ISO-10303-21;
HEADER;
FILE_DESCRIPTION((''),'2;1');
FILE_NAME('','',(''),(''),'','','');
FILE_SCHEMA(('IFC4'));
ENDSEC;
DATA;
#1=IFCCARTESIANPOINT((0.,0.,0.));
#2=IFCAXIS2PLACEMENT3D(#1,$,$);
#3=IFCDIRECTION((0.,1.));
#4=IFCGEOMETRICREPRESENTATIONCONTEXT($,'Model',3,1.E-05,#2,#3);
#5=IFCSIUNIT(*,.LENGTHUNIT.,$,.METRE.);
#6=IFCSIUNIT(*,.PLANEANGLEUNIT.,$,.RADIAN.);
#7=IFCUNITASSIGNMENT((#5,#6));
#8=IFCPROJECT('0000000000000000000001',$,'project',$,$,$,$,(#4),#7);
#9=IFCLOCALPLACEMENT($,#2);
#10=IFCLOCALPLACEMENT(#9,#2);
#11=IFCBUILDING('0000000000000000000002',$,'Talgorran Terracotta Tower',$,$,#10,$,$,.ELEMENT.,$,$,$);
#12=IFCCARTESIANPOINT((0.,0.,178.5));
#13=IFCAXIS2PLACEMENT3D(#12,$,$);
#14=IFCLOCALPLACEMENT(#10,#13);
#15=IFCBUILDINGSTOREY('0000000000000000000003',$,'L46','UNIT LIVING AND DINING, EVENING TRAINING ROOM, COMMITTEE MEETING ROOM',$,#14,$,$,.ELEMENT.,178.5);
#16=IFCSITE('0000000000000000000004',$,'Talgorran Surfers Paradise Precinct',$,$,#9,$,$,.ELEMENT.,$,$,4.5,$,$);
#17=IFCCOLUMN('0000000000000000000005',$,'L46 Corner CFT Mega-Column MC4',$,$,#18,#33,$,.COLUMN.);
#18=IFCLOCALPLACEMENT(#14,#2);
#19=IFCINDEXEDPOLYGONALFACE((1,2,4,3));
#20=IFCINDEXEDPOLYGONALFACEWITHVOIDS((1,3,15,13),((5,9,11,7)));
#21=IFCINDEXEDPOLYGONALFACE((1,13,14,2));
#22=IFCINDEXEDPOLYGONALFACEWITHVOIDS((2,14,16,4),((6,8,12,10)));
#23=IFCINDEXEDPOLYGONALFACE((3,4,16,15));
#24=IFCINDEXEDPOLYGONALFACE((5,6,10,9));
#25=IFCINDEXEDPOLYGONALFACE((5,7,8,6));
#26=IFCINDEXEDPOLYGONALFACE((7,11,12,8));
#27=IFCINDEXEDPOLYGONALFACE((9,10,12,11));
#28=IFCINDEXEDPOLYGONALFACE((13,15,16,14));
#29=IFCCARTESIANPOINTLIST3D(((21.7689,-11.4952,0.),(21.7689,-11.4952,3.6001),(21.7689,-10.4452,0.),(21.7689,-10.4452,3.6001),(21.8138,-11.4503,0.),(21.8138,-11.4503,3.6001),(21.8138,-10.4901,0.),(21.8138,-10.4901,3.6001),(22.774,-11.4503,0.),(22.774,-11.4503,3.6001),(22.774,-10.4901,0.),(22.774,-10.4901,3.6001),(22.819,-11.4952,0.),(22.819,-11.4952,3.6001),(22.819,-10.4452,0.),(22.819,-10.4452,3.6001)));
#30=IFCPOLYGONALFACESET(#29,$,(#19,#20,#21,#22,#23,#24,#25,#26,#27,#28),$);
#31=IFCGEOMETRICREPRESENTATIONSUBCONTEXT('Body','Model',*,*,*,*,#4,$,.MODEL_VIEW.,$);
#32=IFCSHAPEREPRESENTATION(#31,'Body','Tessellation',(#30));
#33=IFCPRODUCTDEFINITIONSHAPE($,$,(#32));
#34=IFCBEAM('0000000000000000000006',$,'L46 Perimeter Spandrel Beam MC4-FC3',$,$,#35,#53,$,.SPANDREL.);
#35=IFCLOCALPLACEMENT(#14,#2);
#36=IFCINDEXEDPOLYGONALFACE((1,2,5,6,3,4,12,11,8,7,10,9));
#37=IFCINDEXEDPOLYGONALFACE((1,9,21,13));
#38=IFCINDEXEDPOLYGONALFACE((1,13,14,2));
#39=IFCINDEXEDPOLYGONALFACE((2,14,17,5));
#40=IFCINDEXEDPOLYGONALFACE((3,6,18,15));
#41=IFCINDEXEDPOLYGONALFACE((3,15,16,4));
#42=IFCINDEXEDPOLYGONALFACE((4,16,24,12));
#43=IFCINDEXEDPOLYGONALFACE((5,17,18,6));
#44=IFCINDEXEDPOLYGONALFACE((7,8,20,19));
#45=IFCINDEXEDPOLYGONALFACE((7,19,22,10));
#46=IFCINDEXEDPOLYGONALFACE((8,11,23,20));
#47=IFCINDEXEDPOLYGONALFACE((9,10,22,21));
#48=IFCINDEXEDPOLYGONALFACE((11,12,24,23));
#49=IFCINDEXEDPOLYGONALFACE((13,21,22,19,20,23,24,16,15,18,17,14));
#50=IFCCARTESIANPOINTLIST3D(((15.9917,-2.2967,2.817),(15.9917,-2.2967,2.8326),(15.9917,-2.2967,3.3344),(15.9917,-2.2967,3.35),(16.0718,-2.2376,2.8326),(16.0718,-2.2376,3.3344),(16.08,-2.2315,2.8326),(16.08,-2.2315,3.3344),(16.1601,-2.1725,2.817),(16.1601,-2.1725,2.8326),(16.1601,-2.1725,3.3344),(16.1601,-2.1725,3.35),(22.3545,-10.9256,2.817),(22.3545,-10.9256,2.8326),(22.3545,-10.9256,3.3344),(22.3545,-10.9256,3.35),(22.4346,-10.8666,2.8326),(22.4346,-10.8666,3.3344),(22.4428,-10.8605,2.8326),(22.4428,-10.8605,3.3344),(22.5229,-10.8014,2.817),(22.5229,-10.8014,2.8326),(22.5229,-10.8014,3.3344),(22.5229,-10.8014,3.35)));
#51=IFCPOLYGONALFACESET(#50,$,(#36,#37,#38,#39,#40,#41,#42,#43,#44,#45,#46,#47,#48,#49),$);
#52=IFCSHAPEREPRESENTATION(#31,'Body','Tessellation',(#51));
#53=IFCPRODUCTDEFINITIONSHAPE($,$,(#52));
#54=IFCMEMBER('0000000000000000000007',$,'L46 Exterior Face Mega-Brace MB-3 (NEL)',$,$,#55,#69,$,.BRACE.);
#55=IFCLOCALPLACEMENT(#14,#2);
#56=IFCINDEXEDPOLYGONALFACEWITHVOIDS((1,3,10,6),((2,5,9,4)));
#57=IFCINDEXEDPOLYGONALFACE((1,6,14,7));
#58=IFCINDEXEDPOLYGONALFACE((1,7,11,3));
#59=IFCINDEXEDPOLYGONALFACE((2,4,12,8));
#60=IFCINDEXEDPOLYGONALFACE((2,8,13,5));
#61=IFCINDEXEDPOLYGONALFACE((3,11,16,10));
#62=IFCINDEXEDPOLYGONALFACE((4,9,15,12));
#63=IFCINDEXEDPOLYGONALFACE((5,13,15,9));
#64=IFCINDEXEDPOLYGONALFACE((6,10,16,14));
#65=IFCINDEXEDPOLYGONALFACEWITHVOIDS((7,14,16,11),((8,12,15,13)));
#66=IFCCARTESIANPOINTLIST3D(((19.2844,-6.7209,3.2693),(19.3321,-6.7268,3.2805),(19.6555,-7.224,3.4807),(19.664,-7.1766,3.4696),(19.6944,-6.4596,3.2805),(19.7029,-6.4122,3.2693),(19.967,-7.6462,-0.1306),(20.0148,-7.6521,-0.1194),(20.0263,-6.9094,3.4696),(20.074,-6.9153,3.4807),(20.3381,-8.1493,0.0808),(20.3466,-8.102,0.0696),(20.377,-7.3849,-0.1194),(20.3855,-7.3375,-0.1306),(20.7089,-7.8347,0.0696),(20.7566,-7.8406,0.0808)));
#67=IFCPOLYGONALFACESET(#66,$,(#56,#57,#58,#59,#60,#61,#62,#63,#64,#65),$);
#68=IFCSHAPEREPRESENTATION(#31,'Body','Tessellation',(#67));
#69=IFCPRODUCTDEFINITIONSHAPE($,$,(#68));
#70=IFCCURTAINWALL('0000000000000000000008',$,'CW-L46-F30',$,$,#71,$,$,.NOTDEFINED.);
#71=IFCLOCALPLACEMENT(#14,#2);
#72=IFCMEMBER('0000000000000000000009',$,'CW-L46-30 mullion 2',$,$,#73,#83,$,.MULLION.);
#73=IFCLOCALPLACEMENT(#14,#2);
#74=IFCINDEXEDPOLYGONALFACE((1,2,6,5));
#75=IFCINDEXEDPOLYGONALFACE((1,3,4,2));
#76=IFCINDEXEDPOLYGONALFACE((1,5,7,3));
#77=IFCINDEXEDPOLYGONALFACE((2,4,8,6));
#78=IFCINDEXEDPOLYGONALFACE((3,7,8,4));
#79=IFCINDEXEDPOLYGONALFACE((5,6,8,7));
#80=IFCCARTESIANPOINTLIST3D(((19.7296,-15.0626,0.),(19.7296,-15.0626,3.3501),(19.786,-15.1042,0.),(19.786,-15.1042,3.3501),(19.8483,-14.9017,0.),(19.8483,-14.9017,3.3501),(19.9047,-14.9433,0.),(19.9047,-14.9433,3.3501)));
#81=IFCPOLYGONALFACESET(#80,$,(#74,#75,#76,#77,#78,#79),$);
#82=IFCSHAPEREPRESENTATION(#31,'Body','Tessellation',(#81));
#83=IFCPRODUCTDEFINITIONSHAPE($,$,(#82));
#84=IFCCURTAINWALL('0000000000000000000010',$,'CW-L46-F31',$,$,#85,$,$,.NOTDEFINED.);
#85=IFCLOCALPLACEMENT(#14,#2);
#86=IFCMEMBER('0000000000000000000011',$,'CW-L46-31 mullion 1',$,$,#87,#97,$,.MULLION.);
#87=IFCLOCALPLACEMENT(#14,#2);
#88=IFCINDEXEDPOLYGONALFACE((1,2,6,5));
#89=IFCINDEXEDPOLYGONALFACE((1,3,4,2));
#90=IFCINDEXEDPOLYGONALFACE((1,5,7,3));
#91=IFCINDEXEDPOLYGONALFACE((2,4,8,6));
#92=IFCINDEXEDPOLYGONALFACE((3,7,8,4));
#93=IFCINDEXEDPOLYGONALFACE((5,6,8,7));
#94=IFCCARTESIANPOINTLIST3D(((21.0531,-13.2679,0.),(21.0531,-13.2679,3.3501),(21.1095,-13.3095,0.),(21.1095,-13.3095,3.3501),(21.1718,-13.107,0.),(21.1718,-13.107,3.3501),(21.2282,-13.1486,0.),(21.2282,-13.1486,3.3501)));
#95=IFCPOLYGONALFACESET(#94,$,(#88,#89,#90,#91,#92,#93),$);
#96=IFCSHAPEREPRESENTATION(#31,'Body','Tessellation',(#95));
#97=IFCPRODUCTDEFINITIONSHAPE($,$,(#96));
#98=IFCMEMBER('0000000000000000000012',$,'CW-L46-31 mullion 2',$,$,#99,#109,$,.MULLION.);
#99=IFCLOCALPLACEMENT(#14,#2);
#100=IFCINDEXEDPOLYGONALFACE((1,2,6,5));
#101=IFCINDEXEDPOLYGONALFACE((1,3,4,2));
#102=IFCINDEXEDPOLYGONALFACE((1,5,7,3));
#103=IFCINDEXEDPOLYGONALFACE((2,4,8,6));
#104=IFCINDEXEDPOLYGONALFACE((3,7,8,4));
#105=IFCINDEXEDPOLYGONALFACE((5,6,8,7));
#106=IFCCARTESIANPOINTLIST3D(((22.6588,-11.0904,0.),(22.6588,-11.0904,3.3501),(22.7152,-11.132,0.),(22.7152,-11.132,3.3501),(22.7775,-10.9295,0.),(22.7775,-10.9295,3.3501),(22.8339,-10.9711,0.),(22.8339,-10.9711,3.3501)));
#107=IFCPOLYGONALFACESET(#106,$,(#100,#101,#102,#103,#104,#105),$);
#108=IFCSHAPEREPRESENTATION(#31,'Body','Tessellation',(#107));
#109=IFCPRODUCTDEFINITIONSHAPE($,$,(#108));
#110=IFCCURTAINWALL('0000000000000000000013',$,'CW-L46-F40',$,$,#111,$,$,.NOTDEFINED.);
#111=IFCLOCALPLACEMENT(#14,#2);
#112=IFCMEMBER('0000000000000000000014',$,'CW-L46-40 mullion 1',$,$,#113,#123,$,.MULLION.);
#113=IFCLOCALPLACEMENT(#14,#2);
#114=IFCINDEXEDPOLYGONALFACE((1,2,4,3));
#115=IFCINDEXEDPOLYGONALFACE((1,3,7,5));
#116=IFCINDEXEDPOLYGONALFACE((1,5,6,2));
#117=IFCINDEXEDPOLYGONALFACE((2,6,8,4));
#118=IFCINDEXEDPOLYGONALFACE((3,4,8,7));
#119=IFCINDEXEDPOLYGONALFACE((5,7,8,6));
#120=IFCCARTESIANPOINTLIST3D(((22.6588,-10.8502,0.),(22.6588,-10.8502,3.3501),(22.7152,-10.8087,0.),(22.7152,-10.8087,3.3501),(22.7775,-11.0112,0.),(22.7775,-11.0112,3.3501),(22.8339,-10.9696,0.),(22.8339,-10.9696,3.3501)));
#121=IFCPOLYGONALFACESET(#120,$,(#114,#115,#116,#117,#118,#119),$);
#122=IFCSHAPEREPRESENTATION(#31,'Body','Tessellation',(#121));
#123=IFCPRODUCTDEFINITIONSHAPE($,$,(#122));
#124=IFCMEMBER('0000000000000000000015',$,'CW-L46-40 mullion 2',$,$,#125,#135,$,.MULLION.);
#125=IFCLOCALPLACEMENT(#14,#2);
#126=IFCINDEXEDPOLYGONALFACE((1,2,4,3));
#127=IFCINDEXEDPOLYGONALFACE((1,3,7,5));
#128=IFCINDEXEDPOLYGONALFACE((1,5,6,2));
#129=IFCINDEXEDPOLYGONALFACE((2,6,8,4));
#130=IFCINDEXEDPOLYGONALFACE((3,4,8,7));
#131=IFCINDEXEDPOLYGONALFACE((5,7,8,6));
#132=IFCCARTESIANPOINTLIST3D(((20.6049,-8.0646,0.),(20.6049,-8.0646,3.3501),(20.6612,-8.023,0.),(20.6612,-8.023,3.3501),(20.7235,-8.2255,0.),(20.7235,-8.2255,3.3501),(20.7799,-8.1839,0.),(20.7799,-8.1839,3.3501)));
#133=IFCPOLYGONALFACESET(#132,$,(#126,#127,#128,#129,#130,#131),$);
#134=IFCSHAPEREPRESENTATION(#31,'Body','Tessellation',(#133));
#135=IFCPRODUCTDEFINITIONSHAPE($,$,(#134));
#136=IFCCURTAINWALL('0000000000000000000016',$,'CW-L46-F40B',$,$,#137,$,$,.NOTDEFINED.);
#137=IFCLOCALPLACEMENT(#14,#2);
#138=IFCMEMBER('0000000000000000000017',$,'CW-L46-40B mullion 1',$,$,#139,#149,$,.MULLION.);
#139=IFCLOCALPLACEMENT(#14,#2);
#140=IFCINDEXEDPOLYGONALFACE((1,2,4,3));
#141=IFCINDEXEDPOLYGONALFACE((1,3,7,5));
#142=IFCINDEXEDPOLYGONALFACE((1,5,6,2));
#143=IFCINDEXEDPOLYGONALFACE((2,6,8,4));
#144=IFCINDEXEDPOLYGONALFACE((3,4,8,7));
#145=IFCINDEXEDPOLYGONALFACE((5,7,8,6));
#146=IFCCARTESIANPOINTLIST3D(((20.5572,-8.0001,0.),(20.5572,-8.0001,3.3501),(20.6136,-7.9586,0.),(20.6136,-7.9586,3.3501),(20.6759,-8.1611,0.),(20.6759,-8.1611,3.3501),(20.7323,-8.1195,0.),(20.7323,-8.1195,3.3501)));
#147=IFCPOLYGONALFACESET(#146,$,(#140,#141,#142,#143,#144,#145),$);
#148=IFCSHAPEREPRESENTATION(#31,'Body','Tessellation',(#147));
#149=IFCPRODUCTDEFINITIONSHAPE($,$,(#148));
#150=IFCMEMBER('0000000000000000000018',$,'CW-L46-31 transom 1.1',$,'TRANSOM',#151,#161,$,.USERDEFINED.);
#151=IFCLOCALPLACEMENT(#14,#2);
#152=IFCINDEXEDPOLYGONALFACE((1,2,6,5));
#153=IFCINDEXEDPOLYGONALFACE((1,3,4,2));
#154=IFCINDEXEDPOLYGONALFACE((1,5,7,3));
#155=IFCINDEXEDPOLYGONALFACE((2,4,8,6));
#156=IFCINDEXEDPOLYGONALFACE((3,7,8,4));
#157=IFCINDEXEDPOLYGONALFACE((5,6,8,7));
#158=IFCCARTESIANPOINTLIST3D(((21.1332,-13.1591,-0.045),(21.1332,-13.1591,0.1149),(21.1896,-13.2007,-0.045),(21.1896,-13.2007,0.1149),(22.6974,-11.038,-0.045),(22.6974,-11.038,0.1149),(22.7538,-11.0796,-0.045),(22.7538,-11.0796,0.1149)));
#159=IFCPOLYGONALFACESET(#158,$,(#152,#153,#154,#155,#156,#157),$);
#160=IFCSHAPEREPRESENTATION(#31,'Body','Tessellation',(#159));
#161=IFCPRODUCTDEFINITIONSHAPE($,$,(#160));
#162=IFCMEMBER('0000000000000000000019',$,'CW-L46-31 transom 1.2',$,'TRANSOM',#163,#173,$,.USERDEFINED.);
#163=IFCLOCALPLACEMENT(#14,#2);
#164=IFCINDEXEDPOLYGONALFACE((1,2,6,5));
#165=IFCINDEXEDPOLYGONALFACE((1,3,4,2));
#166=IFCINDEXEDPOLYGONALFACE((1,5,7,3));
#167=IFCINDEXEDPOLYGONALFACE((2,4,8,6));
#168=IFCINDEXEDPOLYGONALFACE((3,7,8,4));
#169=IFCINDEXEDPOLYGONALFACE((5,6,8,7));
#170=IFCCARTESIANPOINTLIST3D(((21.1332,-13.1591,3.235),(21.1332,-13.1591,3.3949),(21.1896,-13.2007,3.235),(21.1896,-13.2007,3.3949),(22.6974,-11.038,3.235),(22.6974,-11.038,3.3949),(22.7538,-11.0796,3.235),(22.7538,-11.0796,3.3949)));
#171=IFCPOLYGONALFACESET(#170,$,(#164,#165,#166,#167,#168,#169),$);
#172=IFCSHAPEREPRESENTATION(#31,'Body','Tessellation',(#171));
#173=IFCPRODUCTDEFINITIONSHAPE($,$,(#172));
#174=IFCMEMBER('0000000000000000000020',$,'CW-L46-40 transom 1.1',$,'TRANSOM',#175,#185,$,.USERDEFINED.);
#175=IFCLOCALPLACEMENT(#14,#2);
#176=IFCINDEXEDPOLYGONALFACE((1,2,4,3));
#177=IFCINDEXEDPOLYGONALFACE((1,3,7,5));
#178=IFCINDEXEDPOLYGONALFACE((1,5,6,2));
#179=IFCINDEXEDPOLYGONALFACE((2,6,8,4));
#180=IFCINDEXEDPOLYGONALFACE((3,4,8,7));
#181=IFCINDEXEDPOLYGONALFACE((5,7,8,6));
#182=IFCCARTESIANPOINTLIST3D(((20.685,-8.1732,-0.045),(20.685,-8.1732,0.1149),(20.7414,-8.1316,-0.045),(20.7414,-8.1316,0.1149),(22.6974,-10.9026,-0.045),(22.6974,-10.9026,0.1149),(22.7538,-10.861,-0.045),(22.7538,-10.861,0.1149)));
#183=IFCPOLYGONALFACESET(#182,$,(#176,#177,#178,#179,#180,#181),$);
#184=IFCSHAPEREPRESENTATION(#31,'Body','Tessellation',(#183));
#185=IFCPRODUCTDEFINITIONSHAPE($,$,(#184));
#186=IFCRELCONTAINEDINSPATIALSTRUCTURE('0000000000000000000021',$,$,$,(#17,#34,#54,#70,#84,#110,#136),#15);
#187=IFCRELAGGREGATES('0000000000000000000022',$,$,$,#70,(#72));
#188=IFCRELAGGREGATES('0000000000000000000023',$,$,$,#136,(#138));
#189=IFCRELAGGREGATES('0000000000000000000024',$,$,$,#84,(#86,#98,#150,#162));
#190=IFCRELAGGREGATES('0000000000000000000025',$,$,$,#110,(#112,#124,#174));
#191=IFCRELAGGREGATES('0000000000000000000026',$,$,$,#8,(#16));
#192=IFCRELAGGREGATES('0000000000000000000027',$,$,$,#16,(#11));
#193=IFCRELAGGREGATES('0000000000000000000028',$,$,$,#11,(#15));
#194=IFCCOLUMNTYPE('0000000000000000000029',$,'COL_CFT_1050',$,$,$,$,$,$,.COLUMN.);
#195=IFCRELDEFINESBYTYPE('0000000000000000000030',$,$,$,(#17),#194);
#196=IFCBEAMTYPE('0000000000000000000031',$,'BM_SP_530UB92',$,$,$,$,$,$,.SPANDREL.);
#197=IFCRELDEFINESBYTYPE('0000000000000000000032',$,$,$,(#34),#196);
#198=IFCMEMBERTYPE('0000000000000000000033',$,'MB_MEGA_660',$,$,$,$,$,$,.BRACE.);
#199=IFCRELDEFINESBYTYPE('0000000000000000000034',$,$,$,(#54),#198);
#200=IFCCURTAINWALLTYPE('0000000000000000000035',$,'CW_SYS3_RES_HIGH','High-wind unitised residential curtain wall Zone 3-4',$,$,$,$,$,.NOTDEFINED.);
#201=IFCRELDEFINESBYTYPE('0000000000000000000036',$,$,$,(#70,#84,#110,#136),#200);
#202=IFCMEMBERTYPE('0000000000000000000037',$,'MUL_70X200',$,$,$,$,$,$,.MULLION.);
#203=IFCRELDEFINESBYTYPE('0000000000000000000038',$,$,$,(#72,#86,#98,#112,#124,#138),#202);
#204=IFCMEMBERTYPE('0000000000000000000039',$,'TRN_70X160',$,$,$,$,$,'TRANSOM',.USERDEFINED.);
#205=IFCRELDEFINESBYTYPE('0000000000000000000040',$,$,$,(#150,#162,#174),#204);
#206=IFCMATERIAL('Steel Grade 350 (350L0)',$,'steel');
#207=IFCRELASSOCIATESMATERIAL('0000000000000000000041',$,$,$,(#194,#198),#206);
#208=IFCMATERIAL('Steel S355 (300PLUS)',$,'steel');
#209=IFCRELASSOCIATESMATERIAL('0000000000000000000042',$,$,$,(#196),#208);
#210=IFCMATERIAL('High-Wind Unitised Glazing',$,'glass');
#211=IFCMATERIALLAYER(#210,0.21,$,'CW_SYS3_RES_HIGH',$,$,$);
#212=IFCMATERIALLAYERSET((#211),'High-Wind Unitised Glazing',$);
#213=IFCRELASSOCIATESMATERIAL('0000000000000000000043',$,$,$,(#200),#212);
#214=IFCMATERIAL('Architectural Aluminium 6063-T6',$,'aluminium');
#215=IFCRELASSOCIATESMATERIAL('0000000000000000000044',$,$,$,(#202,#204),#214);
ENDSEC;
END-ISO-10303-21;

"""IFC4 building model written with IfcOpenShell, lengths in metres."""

from ifc_helpers import new_model, si_unit, direction, frame, origin, origin_2d, place, context, subcontext, project, spatial, rectangle, hollow_rectangle, i_section, extrude, material, layer, layer_set, material_profile, profile_set, type_object, element, aggregate, save


model = new_model("IFC4")

# Units and contexts
model_context = context("Model", 3, precision=1e-05, world=origin(), true_north=direction((0.0, 1.0)))
body_context = subcontext(model_context, "Body", "Model", "MODEL_VIEW")
ifc_project = project(units=[si_unit("LENGTHUNIT", "METRE"), si_unit("PLANEANGLEUNIT", "RADIAN")], contexts=[model_context])

# Site, building, storey
site_placement = place(None, origin())
site = spatial("IfcSite", under=ifc_project, at=site_placement, Name="Talgorran Surfers Paradise Precinct", CompositionType="ELEMENT", RefElevation=4.5)
building_placement = place(site_placement, origin())
building = spatial("IfcBuilding", under=site, at=building_placement, Name="Talgorran Terracotta Tower", CompositionType="ELEMENT")
storey_placement = place(building_placement, frame((0.0, 0.0, 178.5)))
storey = spatial("IfcBuildingStorey", under=building, at=storey_placement, Name="L46", Description="UNIT LIVING AND DINING, EVENING TRAINING ROOM, COMMITTEE MEETING ROOM", CompositionType="ELEMENT", Elevation=178.5)

# Column
ifc_material_1 = material(Name="Steel Grade 350 (350L0)", Category="steel")
ifc_material_profile_1 = material_profile(ifc_material_1, hollow_rectangle(XDim=1.05, YDim=1.05, WallThickness=0.0449, at=origin_2d()), Name="CFT1050X1050X45")
ifc_profile_set_1 = profile_set([ifc_material_profile_1], Name="Steel Grade 350 (350L0)")
column_type = type_object("IfcColumnType", Name="COL_CFT_1050", PredefinedType="COLUMN", material=ifc_profile_set_1)
column_placement = place(storey_placement, frame((22.2939, -10.9702, 0.0), z_axis=(0.0, 0.0, 1.0), x_axis=(1.0, 0.0, 0.0)))
element("IfcColumn", 1, at=column_placement, inside=storey, type_object=column_type, Name="L46 Corner CFT Mega-Column MC4", PredefinedType="COLUMN", context=body_context, shape_type="SweptSolid", body=[
    extrude(hollow_rectangle(XDim=1.05, YDim=1.05, WallThickness=0.0449, at=origin_2d()), origin(), (0.0, 0.0, 1.0), 3.6001),
])

# Beam
ifc_material_2 = material(Name="Steel S355 (300PLUS)", Category="steel")
ifc_material_profile_2 = material_profile(ifc_material_2, i_section(OverallWidth=0.2092, OverallDepth=0.533, WebThickness=0.0103, FlangeThickness=0.0156, at=origin_2d()), Name="530UB92.4")
ifc_profile_set_2 = profile_set([ifc_material_profile_2], Name="Steel S355 (300PLUS)")
beam_type = type_object("IfcBeamType", Name="BM_SP_530UB92", PredefinedType="SPANDREL", material=ifc_profile_set_2)
beam_placement = place(storey_placement, frame((22.4387, -10.8635, 3.0835), z_axis=(-0.59348, 0.804849, 0.0), x_axis=(-0.804849, -0.59348, 0.0)))
element("IfcBeam", 2, at=beam_placement, inside=storey, type_object=beam_type, Name="L46 Perimeter Spandrel Beam MC4-FC3", PredefinedType="SPANDREL", context=body_context, shape_type="SweptSolid", body=[
    extrude(i_section(OverallWidth=0.2092, OverallDepth=0.533, WebThickness=0.0103, FlangeThickness=0.0156, at=origin_2d()), origin(), (0.0, 0.0, 1.0), 10.7212),
])

# Member
ifc_material_profile_3 = material_profile(ifc_material_1, hollow_rectangle(XDim=0.52, YDim=0.6599, WallThickness=0.0349, at=origin_2d()), Name="WBOX660X520X35")
ifc_profile_set_3 = profile_set([ifc_material_profile_3], Name="Steel Grade 350 (350L0)")
member_type_1 = type_object("IfcMemberType", Name="MB_MEGA_660", PredefinedType="BRACE", material=ifc_profile_set_3)
member_1_placement = place(storey_placement, frame((20.3618, -7.7434, -0.0249), z_axis=(-0.190193, 0.257808, 0.947292), x_axis=(-0.804714, -0.593662, 0.0)))
element("IfcMember", 3, at=member_1_placement, inside=storey, type_object=member_type_1, Name="L46 Exterior Face Mega-Brace MB-3 (NEL)", PredefinedType="BRACE", context=body_context, shape_type="SweptSolid", body=[
    extrude(hollow_rectangle(XDim=0.52, YDim=0.6599, WallThickness=0.0349, at=origin_2d()), origin(), (0.0, 0.0, 1.0), 3.5891),
])

# Curtain wall, member
ifc_material_3 = material(Name="High-Wind Unitised Glazing", Category="glass")
ifc_layer_1 = layer(ifc_material_3, 0.21, Name="CW_SYS3_RES_HIGH")
ifc_layer_set_1 = layer_set([ifc_layer_1], Name="High-Wind Unitised Glazing")
curtain_wall_type = type_object("IfcCurtainWallType", Name="CW_SYS3_RES_HIGH", Description="High-wind unitised residential curtain wall Zone 3-4", PredefinedType="NOTDEFINED", material=ifc_layer_set_1)
curtain_wall_1_placement = place(storey_placement, origin())
curtain_wall_1 = element("IfcCurtainWall", 4, at=curtain_wall_1_placement, inside=storey, type_object=curtain_wall_type, Name="CW-L46-F30", PredefinedType="NOTDEFINED")
ifc_material_4 = material(Name="Architectural Aluminium 6063-T6", Category="aluminium")
ifc_material_profile_4 = material_profile(ifc_material_4, rectangle(XDim=0.0701, YDim=0.2, at=origin_2d()), Name="CWM70X200")
ifc_profile_set_4 = profile_set([ifc_material_profile_4], Name="Architectural Aluminium 6063-T6")
member_type_2 = type_object("IfcMemberType", Name="MUL_70X200", PredefinedType="MULLION", material=ifc_profile_set_4)
member_2_placement = place(storey_placement, frame((19.8171, -15.0029, 0.0), z_axis=(0.0, 0.0, 1.0), x_axis=(-0.804828, 0.593508, 0.0)))
member_2 = element("IfcMember", 5, at=member_2_placement, type_object=member_type_2, Name="CW-L46-30 mullion 2", PredefinedType="MULLION", context=body_context, shape_type="SweptSolid", body=[
    extrude(rectangle(XDim=0.0701, YDim=0.2, at=origin_2d()), origin(), (0.0, 0.0, 1.0), 3.3501),
])
aggregate(curtain_wall_1, [member_2])

# Curtain walls, members
curtain_wall_2_placement = place(storey_placement, origin())
curtain_wall_2 = element("IfcCurtainWall", 6, at=curtain_wall_2_placement, inside=storey, type_object=curtain_wall_type, Name="CW-L46-F31", PredefinedType="NOTDEFINED")
member_3_placement = place(storey_placement, frame((21.1406, -13.2083, 0.0), z_axis=(0.0, 0.0, 1.0), x_axis=(-0.804825, 0.593512, 0.0)))
member_3 = element("IfcMember", 7, at=member_3_placement, type_object=member_type_2, Name="CW-L46-31 mullion 1", PredefinedType="MULLION", context=body_context, shape_type="SweptSolid", body=[
    extrude(rectangle(XDim=0.0701, YDim=0.2, at=origin_2d()), origin(), (0.0, 0.0, 1.0), 3.3501),
])
member_4_placement = place(storey_placement, frame((22.7463, -11.0308, 0.0), z_axis=(0.0, 0.0, 1.0), x_axis=(-0.804825, 0.593512, 0.0)))
member_4 = element("IfcMember", 8, at=member_4_placement, type_object=member_type_2, Name="CW-L46-31 mullion 2", PredefinedType="MULLION", context=body_context, shape_type="SweptSolid", body=[
    extrude(rectangle(XDim=0.0701, YDim=0.2, at=origin_2d()), origin(), (0.0, 0.0, 1.0), 3.3501),
])
curtain_wall_3_placement = place(storey_placement, origin())
curtain_wall_3 = element("IfcCurtainWall", 9, at=curtain_wall_3_placement, inside=storey, type_object=curtain_wall_type, Name="CW-L46-F40", PredefinedType="NOTDEFINED")
member_5_placement = place(storey_placement, frame((22.7463, -10.9099, 0.0), z_axis=(0.0, 0.0, 1.0), x_axis=(-0.80484, -0.593492, 0.0)))
member_5 = element("IfcMember", 10, at=member_5_placement, type_object=member_type_2, Name="CW-L46-40 mullion 1", PredefinedType="MULLION", context=body_context, shape_type="SweptSolid", body=[
    extrude(rectangle(XDim=0.0701, YDim=0.2, at=origin_2d()), origin(), (0.0, 0.0, 1.0), 3.3501),
])
member_6_placement = place(storey_placement, frame((20.6924, -8.1243, 0.0), z_axis=(0.0, 0.0, 1.0), x_axis=(-0.80484, -0.593492, 0.0)))
member_6 = element("IfcMember", 11, at=member_6_placement, type_object=member_type_2, Name="CW-L46-40 mullion 2", PredefinedType="MULLION", context=body_context, shape_type="SweptSolid", body=[
    extrude(rectangle(XDim=0.0701, YDim=0.2, at=origin_2d()), origin(), (0.0, 0.0, 1.0), 3.3501),
])

# Curtain wall, member
curtain_wall_4_placement = place(storey_placement, origin())
curtain_wall_4 = element("IfcCurtainWall", 12, at=curtain_wall_4_placement, inside=storey, type_object=curtain_wall_type, Name="CW-L46-F40B", PredefinedType="NOTDEFINED")
member_7_placement = place(storey_placement, frame((20.6448, -8.0598, 0.0), z_axis=(0.0, 0.0, 1.0), x_axis=(-0.804826, -0.593511, 0.0)))
member_7 = element("IfcMember", 13, at=member_7_placement, type_object=member_type_2, Name="CW-L46-40B mullion 1", PredefinedType="MULLION", context=body_context, shape_type="SweptSolid", body=[
    extrude(rectangle(XDim=0.0701, YDim=0.2, at=origin_2d()), origin(), (0.0, 0.0, 1.0), 3.3501),
])

# Members
ifc_material_profile_5 = material_profile(ifc_material_4, rectangle(XDim=0.0701, YDim=0.1599, at=origin_2d()), Name="CWT70X160")
ifc_profile_set_5 = profile_set([ifc_material_profile_5], Name="Architectural Aluminium 6063-T6")
member_type_3 = type_object("IfcMemberType", Name="TRN_70X160", ElementType="TRANSOM", PredefinedType="USERDEFINED", material=ifc_profile_set_5)
member_8_placement = place(storey_placement, frame((21.1614, -13.1799, 0.0349), z_axis=(0.593518, 0.804821, 0.0), x_axis=(-0.804821, 0.593518, 0.0)))
member_8 = element("IfcMember", 14, at=member_8_placement, type_object=member_type_3, Name="CW-L46-31 transom 1.1", ObjectType="TRANSOM", PredefinedType="USERDEFINED", context=body_context, shape_type="SweptSolid", body=[
    extrude(rectangle(XDim=0.0701, YDim=0.1599, at=origin_2d()), origin(), (0.0, 0.0, 1.0), 2.6355),
])
member_9_placement = place(storey_placement, frame((21.1614, -13.1799, 3.3149), z_axis=(0.593518, 0.804821, 0.0), x_axis=(-0.804821, 0.593518, 0.0)))
member_9 = element("IfcMember", 15, at=member_9_placement, type_object=member_type_3, Name="CW-L46-31 transom 1.2", ObjectType="TRANSOM", PredefinedType="USERDEFINED", context=body_context, shape_type="SweptSolid", body=[
    extrude(rectangle(XDim=0.0701, YDim=0.1599, at=origin_2d()), origin(), (0.0, 0.0, 1.0), 2.6355),
])
member_10_placement = place(storey_placement, frame((22.7256, -10.8818, 0.0349), z_axis=(-0.593437, 0.80488, 0.0), x_axis=(-0.80488, -0.593437, 0.0)))
member_10 = element("IfcMember", 16, at=member_10_placement, type_object=member_type_3, Name="CW-L46-40 transom 1.1", ObjectType="TRANSOM", PredefinedType="USERDEFINED", context=body_context, shape_type="SweptSolid", body=[
    extrude(rectangle(XDim=0.0701, YDim=0.1599, at=origin_2d()), origin(), (0.0, 0.0, 1.0), 3.3911),
])
aggregate(curtain_wall_4, [member_7])

aggregate(curtain_wall_2, [member_3, member_4, member_8, member_9])
aggregate(curtain_wall_3, [member_5, member_6, member_10])

save(model, "model.ifc")
